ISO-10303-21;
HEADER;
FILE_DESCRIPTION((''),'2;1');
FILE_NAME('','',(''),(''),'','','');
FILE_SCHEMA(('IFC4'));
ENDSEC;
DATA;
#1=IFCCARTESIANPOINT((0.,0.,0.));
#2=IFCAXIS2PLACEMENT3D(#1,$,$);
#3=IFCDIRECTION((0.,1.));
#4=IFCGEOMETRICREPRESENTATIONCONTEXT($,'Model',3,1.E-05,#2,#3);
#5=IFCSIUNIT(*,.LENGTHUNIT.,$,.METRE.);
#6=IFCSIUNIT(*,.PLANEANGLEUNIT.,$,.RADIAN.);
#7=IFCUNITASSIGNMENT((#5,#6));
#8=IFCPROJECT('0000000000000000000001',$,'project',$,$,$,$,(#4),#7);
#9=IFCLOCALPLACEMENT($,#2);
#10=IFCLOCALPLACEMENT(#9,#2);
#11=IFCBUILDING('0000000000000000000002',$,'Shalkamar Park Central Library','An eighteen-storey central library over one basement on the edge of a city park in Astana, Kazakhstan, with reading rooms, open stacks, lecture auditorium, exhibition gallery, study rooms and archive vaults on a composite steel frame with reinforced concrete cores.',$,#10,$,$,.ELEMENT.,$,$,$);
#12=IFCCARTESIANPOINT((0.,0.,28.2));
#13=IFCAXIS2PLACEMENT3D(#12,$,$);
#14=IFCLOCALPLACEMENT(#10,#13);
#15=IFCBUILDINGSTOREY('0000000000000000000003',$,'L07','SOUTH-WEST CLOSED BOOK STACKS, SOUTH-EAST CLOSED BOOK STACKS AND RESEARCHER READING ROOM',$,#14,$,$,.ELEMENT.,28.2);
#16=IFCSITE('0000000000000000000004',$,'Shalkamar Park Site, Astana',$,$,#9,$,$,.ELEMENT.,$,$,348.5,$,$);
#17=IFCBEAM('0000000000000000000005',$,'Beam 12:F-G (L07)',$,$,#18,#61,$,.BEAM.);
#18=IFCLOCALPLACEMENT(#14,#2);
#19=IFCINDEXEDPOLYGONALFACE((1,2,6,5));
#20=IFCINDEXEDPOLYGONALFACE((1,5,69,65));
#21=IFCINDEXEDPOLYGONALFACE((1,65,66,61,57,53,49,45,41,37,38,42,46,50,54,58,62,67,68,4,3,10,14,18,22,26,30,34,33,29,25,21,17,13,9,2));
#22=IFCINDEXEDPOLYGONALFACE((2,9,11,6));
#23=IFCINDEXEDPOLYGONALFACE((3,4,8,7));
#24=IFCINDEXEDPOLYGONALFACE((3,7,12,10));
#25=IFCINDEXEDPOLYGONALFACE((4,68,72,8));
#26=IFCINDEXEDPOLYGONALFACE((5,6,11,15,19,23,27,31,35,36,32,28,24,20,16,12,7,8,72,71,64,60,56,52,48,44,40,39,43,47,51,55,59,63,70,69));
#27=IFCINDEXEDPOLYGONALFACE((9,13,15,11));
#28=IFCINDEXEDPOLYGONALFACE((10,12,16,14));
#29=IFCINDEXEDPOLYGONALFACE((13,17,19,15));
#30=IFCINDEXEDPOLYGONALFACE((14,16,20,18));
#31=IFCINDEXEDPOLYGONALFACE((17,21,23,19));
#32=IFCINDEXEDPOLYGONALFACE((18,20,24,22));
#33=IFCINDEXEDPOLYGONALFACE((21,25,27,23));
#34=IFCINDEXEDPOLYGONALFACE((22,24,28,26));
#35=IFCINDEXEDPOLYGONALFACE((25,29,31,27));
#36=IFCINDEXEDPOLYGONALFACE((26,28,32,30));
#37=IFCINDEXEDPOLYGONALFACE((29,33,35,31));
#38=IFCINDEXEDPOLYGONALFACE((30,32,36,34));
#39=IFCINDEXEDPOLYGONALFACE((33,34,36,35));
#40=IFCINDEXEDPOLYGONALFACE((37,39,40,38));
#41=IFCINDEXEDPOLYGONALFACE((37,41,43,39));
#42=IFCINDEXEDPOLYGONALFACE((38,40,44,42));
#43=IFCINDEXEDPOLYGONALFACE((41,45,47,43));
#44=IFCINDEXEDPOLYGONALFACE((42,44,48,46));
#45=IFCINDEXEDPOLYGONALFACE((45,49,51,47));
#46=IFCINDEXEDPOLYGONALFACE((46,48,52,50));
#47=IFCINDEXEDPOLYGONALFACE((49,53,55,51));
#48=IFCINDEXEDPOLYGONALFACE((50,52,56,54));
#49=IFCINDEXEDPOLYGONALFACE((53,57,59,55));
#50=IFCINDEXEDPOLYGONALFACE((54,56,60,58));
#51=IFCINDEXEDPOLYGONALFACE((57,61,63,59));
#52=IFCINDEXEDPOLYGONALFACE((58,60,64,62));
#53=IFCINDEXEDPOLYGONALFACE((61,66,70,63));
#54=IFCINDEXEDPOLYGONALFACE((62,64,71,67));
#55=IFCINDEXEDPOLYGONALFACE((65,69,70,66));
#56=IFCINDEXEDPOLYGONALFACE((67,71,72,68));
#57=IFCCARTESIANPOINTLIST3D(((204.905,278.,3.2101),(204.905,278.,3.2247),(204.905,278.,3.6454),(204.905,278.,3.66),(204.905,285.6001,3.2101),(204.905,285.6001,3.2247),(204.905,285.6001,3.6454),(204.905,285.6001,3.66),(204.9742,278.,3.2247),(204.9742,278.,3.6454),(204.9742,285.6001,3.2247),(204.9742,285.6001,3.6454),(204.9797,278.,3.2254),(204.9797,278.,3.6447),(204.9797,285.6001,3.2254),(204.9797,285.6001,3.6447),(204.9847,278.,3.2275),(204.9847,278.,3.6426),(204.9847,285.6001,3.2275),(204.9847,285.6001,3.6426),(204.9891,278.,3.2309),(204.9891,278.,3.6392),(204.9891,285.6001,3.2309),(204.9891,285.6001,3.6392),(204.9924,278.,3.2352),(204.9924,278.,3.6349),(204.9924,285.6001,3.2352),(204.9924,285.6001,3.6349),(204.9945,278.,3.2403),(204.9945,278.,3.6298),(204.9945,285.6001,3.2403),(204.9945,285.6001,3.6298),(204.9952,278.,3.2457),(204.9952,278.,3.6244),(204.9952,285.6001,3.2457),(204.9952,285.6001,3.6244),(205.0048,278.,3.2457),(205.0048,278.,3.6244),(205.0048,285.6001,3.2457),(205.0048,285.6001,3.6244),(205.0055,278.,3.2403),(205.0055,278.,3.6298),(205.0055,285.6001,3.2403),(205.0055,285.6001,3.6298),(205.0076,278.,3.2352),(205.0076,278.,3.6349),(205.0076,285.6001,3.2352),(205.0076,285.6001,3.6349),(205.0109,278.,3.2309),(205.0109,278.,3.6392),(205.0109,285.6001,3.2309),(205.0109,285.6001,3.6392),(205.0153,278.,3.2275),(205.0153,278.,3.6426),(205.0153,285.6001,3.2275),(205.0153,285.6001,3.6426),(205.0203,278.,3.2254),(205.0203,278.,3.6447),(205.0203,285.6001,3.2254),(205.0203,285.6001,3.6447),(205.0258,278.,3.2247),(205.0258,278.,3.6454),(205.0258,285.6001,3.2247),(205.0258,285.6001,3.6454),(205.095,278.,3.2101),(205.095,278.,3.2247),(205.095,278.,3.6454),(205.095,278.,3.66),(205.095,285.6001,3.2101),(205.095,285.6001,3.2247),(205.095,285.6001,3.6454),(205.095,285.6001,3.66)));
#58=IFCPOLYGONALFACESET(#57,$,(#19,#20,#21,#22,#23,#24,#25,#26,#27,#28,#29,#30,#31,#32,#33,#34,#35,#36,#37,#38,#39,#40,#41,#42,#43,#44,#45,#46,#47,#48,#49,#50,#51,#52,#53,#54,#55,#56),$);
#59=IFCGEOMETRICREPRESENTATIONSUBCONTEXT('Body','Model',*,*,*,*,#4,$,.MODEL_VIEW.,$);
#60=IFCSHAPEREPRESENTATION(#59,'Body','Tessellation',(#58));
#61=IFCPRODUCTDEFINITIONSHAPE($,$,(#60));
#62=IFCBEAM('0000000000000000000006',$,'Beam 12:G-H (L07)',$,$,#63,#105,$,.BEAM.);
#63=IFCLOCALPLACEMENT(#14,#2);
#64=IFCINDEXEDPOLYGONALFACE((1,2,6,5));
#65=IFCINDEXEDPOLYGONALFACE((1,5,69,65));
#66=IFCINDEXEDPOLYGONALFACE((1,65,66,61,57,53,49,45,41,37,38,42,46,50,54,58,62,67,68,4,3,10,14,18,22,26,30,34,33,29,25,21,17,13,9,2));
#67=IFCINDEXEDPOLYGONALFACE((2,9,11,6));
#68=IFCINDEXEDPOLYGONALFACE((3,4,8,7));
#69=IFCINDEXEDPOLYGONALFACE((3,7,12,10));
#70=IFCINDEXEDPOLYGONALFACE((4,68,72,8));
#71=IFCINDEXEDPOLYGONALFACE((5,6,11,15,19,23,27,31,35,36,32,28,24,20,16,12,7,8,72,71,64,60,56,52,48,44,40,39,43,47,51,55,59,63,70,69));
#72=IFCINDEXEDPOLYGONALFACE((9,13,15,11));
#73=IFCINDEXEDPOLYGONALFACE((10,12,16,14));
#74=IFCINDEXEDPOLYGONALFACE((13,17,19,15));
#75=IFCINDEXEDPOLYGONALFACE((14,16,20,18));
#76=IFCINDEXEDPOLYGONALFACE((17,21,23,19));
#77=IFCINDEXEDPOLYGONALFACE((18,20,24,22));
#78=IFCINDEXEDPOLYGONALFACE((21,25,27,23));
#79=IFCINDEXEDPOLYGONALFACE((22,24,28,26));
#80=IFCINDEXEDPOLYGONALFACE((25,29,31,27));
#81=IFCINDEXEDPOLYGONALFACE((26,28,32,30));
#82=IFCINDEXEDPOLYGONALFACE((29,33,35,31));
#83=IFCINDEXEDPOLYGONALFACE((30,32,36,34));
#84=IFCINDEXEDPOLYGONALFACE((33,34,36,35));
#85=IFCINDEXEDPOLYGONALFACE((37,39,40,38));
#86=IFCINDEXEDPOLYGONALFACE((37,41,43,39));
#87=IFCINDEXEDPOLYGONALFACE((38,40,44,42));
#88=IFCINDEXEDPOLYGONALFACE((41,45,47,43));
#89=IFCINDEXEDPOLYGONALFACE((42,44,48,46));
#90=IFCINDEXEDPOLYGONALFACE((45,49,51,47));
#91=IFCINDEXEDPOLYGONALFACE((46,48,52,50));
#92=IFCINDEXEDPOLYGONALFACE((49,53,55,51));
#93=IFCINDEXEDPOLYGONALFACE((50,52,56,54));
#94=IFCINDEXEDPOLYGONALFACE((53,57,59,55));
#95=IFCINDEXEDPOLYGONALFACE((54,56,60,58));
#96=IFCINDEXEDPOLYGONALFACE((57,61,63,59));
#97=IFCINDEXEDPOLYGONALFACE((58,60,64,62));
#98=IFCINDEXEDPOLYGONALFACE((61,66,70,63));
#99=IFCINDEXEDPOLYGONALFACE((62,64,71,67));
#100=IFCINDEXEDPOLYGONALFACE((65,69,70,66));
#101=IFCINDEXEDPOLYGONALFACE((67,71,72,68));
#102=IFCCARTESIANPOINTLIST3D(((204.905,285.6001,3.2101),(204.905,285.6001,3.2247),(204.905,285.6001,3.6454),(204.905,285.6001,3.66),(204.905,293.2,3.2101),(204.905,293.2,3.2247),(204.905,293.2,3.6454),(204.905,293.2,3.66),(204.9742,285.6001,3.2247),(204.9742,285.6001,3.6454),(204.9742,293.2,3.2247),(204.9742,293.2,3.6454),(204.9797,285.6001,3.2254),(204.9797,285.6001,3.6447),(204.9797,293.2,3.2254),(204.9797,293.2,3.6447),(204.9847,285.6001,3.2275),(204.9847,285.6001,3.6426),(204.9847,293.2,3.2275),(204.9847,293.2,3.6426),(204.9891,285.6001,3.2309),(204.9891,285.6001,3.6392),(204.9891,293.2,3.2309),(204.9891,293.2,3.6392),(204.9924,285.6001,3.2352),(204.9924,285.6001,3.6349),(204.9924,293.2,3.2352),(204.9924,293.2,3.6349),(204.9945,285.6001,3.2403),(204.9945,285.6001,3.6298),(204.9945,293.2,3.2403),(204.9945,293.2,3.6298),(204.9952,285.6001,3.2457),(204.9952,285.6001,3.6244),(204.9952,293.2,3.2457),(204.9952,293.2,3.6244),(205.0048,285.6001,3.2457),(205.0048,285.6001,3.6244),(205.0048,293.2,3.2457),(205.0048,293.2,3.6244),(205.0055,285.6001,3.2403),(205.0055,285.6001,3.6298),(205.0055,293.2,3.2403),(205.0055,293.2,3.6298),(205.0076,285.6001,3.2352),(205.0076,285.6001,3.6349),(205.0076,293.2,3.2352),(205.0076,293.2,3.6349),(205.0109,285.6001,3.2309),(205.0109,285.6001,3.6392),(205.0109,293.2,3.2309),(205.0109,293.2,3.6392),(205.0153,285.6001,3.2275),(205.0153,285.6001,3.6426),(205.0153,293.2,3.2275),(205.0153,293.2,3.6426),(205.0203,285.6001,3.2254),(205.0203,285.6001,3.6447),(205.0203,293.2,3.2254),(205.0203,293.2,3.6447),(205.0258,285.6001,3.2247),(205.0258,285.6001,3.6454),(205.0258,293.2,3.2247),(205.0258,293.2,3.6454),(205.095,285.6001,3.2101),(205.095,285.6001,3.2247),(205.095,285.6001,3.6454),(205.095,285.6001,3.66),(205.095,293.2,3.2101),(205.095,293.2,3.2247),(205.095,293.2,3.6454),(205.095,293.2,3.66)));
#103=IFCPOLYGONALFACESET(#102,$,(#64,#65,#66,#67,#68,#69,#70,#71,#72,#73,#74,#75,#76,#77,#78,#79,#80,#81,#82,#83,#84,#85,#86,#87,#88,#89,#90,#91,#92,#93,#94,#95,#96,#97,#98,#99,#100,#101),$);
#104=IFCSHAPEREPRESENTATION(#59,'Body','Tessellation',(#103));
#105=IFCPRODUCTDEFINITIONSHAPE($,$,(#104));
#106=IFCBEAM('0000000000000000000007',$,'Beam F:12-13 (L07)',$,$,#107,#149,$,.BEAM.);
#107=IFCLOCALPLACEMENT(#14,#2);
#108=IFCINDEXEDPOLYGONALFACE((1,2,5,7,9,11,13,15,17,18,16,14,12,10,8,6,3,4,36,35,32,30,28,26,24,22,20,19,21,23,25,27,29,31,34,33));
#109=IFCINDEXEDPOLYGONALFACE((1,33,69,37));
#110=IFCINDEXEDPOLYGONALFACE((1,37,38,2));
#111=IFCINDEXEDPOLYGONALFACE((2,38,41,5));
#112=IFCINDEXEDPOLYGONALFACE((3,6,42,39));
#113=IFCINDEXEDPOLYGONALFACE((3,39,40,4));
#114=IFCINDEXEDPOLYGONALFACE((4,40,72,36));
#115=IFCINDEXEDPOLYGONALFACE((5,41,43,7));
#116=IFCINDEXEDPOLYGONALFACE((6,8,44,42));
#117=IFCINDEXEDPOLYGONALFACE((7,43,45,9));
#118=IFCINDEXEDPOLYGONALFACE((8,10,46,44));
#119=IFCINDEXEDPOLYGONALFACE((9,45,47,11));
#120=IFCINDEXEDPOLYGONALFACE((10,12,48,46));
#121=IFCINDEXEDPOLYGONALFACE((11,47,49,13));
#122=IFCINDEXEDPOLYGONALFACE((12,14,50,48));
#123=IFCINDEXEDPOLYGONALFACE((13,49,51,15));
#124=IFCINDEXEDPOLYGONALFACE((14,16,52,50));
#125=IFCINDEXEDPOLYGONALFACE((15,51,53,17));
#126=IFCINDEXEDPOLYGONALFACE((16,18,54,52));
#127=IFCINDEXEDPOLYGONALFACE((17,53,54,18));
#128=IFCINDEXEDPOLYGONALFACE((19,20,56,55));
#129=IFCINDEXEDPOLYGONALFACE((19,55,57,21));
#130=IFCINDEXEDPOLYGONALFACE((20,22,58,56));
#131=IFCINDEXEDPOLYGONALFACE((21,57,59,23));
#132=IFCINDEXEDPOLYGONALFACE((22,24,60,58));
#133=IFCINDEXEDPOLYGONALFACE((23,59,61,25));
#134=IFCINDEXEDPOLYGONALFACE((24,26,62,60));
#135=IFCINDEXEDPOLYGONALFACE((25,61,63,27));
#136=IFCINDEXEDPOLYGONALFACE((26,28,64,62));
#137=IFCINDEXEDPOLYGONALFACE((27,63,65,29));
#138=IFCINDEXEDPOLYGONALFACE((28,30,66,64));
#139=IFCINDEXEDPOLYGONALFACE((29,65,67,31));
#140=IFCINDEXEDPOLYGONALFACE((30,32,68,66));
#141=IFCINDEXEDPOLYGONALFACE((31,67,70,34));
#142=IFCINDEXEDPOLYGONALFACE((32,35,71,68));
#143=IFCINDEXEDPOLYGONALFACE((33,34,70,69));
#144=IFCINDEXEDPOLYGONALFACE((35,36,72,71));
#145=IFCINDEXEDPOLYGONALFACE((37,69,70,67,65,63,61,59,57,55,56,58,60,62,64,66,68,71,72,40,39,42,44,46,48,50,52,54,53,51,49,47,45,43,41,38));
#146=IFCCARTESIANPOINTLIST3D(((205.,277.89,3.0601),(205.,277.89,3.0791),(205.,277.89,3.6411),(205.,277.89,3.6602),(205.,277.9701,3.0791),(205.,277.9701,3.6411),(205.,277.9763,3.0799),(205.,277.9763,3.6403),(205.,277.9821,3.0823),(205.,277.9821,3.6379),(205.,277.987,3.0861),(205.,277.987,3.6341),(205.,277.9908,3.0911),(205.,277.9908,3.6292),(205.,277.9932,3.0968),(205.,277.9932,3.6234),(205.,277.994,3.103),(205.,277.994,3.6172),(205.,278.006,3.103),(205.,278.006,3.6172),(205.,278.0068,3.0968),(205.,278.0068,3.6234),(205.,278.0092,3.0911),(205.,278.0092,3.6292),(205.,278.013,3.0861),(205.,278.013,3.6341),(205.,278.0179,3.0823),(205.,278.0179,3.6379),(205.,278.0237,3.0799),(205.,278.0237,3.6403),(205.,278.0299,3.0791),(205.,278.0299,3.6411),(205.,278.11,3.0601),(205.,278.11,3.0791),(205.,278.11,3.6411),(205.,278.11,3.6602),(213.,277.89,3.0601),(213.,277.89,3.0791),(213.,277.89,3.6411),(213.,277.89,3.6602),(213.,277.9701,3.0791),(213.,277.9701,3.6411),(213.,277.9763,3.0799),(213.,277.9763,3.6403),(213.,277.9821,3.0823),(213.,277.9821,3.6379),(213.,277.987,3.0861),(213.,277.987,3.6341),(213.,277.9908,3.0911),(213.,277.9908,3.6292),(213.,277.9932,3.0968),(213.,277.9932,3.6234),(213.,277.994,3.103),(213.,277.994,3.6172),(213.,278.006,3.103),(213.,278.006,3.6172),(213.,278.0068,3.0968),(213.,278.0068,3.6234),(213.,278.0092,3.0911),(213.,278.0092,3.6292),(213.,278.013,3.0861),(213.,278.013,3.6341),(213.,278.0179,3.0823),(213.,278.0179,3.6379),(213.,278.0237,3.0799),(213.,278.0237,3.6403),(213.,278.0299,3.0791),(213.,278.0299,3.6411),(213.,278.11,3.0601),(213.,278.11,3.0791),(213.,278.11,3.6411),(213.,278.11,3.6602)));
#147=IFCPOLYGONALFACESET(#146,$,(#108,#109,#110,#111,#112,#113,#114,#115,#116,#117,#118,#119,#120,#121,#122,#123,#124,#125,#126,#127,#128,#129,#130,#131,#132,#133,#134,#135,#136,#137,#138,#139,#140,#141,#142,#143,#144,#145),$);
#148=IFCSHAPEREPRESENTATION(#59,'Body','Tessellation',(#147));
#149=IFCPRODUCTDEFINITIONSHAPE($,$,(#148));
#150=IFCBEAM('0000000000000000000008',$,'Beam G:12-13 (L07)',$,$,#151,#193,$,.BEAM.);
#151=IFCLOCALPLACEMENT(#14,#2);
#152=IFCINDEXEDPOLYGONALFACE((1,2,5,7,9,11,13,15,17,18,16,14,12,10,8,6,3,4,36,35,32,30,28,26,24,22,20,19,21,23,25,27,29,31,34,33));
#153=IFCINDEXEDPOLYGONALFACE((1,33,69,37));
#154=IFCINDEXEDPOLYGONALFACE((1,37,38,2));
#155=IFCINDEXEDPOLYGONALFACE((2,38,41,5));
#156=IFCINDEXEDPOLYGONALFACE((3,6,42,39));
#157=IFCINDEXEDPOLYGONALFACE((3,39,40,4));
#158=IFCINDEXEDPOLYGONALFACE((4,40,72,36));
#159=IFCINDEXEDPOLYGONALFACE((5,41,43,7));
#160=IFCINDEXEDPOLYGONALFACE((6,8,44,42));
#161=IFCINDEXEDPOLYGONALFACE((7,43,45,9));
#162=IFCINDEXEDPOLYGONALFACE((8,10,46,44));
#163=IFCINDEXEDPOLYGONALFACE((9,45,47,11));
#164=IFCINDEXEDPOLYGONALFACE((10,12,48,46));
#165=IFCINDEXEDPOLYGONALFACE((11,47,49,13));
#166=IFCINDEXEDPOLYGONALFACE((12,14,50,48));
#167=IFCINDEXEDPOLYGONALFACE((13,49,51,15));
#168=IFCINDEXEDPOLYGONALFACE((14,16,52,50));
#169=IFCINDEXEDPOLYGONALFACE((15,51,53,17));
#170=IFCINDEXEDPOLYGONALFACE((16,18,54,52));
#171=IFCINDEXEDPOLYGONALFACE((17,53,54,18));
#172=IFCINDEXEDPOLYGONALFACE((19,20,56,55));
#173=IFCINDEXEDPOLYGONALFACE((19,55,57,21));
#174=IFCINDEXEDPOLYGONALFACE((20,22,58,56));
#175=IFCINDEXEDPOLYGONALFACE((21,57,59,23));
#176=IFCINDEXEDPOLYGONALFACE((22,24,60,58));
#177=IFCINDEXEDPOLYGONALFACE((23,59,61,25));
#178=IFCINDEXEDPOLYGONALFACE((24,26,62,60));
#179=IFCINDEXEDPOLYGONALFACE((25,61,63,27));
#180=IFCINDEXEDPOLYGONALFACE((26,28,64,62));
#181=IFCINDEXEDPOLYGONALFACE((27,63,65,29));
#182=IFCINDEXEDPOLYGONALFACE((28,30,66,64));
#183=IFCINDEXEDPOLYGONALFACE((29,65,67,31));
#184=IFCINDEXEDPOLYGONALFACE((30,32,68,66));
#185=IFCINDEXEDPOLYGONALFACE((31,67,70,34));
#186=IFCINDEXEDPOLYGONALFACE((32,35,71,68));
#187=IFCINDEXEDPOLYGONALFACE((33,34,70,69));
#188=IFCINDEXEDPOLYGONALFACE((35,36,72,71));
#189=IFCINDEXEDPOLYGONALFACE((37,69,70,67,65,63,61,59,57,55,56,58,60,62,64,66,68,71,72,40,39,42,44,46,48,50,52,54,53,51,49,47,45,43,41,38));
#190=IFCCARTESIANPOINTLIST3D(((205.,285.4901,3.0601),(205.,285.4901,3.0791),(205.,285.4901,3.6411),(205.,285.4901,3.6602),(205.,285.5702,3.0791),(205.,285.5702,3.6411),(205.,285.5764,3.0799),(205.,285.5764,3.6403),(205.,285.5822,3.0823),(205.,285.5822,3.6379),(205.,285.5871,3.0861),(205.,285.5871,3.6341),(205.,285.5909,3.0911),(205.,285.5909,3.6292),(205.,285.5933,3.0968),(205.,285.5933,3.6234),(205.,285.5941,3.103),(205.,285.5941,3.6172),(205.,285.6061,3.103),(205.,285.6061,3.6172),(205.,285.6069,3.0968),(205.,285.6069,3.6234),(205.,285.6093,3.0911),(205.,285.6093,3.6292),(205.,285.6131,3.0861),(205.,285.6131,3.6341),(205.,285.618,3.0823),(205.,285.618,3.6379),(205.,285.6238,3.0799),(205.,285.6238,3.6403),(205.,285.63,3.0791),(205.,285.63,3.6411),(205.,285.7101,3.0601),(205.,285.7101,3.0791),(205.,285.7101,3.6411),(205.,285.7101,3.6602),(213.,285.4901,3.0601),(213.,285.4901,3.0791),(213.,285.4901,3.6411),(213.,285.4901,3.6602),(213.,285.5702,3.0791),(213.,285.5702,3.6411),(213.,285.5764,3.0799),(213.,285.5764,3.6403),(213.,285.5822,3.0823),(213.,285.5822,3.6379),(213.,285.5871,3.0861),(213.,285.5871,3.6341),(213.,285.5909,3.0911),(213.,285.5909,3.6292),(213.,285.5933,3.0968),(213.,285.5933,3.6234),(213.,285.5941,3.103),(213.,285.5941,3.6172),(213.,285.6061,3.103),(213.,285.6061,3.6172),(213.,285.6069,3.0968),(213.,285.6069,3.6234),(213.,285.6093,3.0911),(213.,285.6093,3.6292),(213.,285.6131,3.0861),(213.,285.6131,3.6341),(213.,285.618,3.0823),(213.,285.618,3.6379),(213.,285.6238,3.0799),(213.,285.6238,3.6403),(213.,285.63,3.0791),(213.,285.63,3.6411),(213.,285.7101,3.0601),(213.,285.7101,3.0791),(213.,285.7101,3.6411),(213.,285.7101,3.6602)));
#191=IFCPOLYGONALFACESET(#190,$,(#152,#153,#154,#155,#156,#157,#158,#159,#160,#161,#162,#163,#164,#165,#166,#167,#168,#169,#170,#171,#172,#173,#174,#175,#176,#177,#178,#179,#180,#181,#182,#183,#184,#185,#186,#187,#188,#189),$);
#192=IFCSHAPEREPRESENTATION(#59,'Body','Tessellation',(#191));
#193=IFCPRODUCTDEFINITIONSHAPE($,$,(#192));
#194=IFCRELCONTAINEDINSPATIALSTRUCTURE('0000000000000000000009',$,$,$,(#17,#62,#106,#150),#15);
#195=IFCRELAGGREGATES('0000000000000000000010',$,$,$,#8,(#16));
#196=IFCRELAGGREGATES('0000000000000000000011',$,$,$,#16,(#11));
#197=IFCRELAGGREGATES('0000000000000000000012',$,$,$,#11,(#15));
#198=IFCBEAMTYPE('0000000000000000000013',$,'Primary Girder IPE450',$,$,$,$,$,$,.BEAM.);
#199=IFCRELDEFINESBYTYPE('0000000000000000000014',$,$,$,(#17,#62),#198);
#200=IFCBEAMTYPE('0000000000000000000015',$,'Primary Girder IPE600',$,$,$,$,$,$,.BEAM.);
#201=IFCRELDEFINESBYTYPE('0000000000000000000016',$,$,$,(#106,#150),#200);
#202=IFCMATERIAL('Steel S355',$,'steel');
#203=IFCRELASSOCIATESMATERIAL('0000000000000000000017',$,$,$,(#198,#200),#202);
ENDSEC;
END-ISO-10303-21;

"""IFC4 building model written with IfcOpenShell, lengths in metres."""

from ifc_helpers import new_model, si_unit, direction, frame, origin, origin_2d, place, context, subcontext, project, spatial, i_section, extrude, material, material_profile, profile_set, type_object, element, save


model = new_model("IFC4")

# Units and contexts
model_context = context("Model", 3, precision=1e-05, world=origin(), true_north=direction((0.0, 1.0)))
body_context = subcontext(model_context, "Body", "Model", "MODEL_VIEW")
ifc_project = project(units=[si_unit("LENGTHUNIT", "METRE"), si_unit("PLANEANGLEUNIT", "RADIAN")], contexts=[model_context])

# Site, building, storey
site_placement = place(None, origin())
site = spatial("IfcSite", under=ifc_project, at=site_placement, Name="Shalkamar Park Site, Astana", CompositionType="ELEMENT", RefElevation=348.5)
building_placement = place(site_placement, origin())
building = spatial("IfcBuilding", under=site, at=building_placement, Name="Shalkamar Park Central Library", Description="An eighteen-storey central library over one basement on the edge of a city park in Astana, Kazakhstan, with reading rooms, open stacks, lecture auditorium, exhibition gallery, study rooms and archive vaults on a composite steel frame with reinforced concrete cores.", CompositionType="ELEMENT")
storey_placement = place(building_placement, frame((0.0, 0.0, 28.2)))
storey = spatial("IfcBuildingStorey", under=building, at=storey_placement, Name="L07", Description="SOUTH-WEST CLOSED BOOK STACKS, SOUTH-EAST CLOSED BOOK STACKS AND RESEARCHER READING ROOM", CompositionType="ELEMENT", Elevation=28.2)

# Shared definitions
ifc_material_1 = material(Name="Steel S355", Category="steel")

# Beams
ifc_material_profile_1 = material_profile(ifc_material_1, i_section(OverallWidth=0.1899, OverallDepth=0.45, WebThickness=0.0095, FlangeThickness=0.0146, FilletRadius=0.021, at=origin_2d()), Name="IPE 450")
ifc_profile_set_1 = profile_set([ifc_material_profile_1], Name="Steel S355")
beam_type_1 = type_object("IfcBeamType", Name="Primary Girder IPE450", PredefinedType="BEAM", material=ifc_profile_set_1)
beam_1_placement = place(storey_placement, frame((205.0, 278.0, 3.4351), z_axis=(0.0, 1.0, 0.0), x_axis=(-1.0, 0.0, 0.0)))
element("IfcBeam", 1, at=beam_1_placement, inside=storey, type_object=beam_type_1, Name="Beam 12:F-G (L07)", PredefinedType="BEAM", context=body_context, shape_type="SweptSolid", body=[
    extrude(i_section(OverallWidth=0.1899, OverallDepth=0.45, WebThickness=0.0095, FlangeThickness=0.0146, FilletRadius=0.021, at=origin_2d()), origin(), (0.0, 0.0, 1.0), 7.6001),
])
beam_2_placement = place(storey_placement, frame((205.0, 285.6001, 3.4351), z_axis=(0.0, 1.0, 0.0), x_axis=(-1.0, 0.0, 0.0)))
element("IfcBeam", 2, at=beam_2_placement, inside=storey, type_object=beam_type_1, Name="Beam 12:G-H (L07)", PredefinedType="BEAM", context=body_context, shape_type="SweptSolid", body=[
    extrude(i_section(OverallWidth=0.1899, OverallDepth=0.45, WebThickness=0.0095, FlangeThickness=0.0146, FilletRadius=0.021, at=origin_2d()), origin(), (0.0, 0.0, 1.0), 7.5999),
])
ifc_material_profile_2 = material_profile(ifc_material_1, i_section(OverallWidth=0.22, OverallDepth=0.6001, WebThickness=0.012, FlangeThickness=0.019, FilletRadius=0.0239, at=origin_2d()), Name="IPE 600")
ifc_profile_set_2 = profile_set([ifc_material_profile_2], Name="Steel S355")
beam_type_2 = type_object("IfcBeamType", Name="Primary Girder IPE600", PredefinedType="BEAM", material=ifc_profile_set_2)
for number, where, z_axis, x_axis, name in (
    (3, (205.0, 278.0, 3.3601), (1.0, 0.0, 0.0), (0.0, 1.0, 0.0), "Beam F:12-13 (L07)"),
    (4, (205.0, 285.6001, 3.3601), (1.0, 0.0, 0.0), (0.0, 1.0, 0.0), "Beam G:12-13 (L07)"),
):
    element("IfcBeam", number, at=place(storey_placement, frame(where, z_axis=z_axis, x_axis=x_axis)), inside=storey, type_object=beam_type_2, Name=name, PredefinedType="BEAM", context=body_context, shape_type="SweptSolid", body=[
        extrude(i_section(OverallWidth=0.22, OverallDepth=0.6001, WebThickness=0.012, FlangeThickness=0.019, FilletRadius=0.0239, at=origin_2d()), origin(), (0.0, 0.0, 1.0), 8.0),
    ])

save(model, "model.ifc")
